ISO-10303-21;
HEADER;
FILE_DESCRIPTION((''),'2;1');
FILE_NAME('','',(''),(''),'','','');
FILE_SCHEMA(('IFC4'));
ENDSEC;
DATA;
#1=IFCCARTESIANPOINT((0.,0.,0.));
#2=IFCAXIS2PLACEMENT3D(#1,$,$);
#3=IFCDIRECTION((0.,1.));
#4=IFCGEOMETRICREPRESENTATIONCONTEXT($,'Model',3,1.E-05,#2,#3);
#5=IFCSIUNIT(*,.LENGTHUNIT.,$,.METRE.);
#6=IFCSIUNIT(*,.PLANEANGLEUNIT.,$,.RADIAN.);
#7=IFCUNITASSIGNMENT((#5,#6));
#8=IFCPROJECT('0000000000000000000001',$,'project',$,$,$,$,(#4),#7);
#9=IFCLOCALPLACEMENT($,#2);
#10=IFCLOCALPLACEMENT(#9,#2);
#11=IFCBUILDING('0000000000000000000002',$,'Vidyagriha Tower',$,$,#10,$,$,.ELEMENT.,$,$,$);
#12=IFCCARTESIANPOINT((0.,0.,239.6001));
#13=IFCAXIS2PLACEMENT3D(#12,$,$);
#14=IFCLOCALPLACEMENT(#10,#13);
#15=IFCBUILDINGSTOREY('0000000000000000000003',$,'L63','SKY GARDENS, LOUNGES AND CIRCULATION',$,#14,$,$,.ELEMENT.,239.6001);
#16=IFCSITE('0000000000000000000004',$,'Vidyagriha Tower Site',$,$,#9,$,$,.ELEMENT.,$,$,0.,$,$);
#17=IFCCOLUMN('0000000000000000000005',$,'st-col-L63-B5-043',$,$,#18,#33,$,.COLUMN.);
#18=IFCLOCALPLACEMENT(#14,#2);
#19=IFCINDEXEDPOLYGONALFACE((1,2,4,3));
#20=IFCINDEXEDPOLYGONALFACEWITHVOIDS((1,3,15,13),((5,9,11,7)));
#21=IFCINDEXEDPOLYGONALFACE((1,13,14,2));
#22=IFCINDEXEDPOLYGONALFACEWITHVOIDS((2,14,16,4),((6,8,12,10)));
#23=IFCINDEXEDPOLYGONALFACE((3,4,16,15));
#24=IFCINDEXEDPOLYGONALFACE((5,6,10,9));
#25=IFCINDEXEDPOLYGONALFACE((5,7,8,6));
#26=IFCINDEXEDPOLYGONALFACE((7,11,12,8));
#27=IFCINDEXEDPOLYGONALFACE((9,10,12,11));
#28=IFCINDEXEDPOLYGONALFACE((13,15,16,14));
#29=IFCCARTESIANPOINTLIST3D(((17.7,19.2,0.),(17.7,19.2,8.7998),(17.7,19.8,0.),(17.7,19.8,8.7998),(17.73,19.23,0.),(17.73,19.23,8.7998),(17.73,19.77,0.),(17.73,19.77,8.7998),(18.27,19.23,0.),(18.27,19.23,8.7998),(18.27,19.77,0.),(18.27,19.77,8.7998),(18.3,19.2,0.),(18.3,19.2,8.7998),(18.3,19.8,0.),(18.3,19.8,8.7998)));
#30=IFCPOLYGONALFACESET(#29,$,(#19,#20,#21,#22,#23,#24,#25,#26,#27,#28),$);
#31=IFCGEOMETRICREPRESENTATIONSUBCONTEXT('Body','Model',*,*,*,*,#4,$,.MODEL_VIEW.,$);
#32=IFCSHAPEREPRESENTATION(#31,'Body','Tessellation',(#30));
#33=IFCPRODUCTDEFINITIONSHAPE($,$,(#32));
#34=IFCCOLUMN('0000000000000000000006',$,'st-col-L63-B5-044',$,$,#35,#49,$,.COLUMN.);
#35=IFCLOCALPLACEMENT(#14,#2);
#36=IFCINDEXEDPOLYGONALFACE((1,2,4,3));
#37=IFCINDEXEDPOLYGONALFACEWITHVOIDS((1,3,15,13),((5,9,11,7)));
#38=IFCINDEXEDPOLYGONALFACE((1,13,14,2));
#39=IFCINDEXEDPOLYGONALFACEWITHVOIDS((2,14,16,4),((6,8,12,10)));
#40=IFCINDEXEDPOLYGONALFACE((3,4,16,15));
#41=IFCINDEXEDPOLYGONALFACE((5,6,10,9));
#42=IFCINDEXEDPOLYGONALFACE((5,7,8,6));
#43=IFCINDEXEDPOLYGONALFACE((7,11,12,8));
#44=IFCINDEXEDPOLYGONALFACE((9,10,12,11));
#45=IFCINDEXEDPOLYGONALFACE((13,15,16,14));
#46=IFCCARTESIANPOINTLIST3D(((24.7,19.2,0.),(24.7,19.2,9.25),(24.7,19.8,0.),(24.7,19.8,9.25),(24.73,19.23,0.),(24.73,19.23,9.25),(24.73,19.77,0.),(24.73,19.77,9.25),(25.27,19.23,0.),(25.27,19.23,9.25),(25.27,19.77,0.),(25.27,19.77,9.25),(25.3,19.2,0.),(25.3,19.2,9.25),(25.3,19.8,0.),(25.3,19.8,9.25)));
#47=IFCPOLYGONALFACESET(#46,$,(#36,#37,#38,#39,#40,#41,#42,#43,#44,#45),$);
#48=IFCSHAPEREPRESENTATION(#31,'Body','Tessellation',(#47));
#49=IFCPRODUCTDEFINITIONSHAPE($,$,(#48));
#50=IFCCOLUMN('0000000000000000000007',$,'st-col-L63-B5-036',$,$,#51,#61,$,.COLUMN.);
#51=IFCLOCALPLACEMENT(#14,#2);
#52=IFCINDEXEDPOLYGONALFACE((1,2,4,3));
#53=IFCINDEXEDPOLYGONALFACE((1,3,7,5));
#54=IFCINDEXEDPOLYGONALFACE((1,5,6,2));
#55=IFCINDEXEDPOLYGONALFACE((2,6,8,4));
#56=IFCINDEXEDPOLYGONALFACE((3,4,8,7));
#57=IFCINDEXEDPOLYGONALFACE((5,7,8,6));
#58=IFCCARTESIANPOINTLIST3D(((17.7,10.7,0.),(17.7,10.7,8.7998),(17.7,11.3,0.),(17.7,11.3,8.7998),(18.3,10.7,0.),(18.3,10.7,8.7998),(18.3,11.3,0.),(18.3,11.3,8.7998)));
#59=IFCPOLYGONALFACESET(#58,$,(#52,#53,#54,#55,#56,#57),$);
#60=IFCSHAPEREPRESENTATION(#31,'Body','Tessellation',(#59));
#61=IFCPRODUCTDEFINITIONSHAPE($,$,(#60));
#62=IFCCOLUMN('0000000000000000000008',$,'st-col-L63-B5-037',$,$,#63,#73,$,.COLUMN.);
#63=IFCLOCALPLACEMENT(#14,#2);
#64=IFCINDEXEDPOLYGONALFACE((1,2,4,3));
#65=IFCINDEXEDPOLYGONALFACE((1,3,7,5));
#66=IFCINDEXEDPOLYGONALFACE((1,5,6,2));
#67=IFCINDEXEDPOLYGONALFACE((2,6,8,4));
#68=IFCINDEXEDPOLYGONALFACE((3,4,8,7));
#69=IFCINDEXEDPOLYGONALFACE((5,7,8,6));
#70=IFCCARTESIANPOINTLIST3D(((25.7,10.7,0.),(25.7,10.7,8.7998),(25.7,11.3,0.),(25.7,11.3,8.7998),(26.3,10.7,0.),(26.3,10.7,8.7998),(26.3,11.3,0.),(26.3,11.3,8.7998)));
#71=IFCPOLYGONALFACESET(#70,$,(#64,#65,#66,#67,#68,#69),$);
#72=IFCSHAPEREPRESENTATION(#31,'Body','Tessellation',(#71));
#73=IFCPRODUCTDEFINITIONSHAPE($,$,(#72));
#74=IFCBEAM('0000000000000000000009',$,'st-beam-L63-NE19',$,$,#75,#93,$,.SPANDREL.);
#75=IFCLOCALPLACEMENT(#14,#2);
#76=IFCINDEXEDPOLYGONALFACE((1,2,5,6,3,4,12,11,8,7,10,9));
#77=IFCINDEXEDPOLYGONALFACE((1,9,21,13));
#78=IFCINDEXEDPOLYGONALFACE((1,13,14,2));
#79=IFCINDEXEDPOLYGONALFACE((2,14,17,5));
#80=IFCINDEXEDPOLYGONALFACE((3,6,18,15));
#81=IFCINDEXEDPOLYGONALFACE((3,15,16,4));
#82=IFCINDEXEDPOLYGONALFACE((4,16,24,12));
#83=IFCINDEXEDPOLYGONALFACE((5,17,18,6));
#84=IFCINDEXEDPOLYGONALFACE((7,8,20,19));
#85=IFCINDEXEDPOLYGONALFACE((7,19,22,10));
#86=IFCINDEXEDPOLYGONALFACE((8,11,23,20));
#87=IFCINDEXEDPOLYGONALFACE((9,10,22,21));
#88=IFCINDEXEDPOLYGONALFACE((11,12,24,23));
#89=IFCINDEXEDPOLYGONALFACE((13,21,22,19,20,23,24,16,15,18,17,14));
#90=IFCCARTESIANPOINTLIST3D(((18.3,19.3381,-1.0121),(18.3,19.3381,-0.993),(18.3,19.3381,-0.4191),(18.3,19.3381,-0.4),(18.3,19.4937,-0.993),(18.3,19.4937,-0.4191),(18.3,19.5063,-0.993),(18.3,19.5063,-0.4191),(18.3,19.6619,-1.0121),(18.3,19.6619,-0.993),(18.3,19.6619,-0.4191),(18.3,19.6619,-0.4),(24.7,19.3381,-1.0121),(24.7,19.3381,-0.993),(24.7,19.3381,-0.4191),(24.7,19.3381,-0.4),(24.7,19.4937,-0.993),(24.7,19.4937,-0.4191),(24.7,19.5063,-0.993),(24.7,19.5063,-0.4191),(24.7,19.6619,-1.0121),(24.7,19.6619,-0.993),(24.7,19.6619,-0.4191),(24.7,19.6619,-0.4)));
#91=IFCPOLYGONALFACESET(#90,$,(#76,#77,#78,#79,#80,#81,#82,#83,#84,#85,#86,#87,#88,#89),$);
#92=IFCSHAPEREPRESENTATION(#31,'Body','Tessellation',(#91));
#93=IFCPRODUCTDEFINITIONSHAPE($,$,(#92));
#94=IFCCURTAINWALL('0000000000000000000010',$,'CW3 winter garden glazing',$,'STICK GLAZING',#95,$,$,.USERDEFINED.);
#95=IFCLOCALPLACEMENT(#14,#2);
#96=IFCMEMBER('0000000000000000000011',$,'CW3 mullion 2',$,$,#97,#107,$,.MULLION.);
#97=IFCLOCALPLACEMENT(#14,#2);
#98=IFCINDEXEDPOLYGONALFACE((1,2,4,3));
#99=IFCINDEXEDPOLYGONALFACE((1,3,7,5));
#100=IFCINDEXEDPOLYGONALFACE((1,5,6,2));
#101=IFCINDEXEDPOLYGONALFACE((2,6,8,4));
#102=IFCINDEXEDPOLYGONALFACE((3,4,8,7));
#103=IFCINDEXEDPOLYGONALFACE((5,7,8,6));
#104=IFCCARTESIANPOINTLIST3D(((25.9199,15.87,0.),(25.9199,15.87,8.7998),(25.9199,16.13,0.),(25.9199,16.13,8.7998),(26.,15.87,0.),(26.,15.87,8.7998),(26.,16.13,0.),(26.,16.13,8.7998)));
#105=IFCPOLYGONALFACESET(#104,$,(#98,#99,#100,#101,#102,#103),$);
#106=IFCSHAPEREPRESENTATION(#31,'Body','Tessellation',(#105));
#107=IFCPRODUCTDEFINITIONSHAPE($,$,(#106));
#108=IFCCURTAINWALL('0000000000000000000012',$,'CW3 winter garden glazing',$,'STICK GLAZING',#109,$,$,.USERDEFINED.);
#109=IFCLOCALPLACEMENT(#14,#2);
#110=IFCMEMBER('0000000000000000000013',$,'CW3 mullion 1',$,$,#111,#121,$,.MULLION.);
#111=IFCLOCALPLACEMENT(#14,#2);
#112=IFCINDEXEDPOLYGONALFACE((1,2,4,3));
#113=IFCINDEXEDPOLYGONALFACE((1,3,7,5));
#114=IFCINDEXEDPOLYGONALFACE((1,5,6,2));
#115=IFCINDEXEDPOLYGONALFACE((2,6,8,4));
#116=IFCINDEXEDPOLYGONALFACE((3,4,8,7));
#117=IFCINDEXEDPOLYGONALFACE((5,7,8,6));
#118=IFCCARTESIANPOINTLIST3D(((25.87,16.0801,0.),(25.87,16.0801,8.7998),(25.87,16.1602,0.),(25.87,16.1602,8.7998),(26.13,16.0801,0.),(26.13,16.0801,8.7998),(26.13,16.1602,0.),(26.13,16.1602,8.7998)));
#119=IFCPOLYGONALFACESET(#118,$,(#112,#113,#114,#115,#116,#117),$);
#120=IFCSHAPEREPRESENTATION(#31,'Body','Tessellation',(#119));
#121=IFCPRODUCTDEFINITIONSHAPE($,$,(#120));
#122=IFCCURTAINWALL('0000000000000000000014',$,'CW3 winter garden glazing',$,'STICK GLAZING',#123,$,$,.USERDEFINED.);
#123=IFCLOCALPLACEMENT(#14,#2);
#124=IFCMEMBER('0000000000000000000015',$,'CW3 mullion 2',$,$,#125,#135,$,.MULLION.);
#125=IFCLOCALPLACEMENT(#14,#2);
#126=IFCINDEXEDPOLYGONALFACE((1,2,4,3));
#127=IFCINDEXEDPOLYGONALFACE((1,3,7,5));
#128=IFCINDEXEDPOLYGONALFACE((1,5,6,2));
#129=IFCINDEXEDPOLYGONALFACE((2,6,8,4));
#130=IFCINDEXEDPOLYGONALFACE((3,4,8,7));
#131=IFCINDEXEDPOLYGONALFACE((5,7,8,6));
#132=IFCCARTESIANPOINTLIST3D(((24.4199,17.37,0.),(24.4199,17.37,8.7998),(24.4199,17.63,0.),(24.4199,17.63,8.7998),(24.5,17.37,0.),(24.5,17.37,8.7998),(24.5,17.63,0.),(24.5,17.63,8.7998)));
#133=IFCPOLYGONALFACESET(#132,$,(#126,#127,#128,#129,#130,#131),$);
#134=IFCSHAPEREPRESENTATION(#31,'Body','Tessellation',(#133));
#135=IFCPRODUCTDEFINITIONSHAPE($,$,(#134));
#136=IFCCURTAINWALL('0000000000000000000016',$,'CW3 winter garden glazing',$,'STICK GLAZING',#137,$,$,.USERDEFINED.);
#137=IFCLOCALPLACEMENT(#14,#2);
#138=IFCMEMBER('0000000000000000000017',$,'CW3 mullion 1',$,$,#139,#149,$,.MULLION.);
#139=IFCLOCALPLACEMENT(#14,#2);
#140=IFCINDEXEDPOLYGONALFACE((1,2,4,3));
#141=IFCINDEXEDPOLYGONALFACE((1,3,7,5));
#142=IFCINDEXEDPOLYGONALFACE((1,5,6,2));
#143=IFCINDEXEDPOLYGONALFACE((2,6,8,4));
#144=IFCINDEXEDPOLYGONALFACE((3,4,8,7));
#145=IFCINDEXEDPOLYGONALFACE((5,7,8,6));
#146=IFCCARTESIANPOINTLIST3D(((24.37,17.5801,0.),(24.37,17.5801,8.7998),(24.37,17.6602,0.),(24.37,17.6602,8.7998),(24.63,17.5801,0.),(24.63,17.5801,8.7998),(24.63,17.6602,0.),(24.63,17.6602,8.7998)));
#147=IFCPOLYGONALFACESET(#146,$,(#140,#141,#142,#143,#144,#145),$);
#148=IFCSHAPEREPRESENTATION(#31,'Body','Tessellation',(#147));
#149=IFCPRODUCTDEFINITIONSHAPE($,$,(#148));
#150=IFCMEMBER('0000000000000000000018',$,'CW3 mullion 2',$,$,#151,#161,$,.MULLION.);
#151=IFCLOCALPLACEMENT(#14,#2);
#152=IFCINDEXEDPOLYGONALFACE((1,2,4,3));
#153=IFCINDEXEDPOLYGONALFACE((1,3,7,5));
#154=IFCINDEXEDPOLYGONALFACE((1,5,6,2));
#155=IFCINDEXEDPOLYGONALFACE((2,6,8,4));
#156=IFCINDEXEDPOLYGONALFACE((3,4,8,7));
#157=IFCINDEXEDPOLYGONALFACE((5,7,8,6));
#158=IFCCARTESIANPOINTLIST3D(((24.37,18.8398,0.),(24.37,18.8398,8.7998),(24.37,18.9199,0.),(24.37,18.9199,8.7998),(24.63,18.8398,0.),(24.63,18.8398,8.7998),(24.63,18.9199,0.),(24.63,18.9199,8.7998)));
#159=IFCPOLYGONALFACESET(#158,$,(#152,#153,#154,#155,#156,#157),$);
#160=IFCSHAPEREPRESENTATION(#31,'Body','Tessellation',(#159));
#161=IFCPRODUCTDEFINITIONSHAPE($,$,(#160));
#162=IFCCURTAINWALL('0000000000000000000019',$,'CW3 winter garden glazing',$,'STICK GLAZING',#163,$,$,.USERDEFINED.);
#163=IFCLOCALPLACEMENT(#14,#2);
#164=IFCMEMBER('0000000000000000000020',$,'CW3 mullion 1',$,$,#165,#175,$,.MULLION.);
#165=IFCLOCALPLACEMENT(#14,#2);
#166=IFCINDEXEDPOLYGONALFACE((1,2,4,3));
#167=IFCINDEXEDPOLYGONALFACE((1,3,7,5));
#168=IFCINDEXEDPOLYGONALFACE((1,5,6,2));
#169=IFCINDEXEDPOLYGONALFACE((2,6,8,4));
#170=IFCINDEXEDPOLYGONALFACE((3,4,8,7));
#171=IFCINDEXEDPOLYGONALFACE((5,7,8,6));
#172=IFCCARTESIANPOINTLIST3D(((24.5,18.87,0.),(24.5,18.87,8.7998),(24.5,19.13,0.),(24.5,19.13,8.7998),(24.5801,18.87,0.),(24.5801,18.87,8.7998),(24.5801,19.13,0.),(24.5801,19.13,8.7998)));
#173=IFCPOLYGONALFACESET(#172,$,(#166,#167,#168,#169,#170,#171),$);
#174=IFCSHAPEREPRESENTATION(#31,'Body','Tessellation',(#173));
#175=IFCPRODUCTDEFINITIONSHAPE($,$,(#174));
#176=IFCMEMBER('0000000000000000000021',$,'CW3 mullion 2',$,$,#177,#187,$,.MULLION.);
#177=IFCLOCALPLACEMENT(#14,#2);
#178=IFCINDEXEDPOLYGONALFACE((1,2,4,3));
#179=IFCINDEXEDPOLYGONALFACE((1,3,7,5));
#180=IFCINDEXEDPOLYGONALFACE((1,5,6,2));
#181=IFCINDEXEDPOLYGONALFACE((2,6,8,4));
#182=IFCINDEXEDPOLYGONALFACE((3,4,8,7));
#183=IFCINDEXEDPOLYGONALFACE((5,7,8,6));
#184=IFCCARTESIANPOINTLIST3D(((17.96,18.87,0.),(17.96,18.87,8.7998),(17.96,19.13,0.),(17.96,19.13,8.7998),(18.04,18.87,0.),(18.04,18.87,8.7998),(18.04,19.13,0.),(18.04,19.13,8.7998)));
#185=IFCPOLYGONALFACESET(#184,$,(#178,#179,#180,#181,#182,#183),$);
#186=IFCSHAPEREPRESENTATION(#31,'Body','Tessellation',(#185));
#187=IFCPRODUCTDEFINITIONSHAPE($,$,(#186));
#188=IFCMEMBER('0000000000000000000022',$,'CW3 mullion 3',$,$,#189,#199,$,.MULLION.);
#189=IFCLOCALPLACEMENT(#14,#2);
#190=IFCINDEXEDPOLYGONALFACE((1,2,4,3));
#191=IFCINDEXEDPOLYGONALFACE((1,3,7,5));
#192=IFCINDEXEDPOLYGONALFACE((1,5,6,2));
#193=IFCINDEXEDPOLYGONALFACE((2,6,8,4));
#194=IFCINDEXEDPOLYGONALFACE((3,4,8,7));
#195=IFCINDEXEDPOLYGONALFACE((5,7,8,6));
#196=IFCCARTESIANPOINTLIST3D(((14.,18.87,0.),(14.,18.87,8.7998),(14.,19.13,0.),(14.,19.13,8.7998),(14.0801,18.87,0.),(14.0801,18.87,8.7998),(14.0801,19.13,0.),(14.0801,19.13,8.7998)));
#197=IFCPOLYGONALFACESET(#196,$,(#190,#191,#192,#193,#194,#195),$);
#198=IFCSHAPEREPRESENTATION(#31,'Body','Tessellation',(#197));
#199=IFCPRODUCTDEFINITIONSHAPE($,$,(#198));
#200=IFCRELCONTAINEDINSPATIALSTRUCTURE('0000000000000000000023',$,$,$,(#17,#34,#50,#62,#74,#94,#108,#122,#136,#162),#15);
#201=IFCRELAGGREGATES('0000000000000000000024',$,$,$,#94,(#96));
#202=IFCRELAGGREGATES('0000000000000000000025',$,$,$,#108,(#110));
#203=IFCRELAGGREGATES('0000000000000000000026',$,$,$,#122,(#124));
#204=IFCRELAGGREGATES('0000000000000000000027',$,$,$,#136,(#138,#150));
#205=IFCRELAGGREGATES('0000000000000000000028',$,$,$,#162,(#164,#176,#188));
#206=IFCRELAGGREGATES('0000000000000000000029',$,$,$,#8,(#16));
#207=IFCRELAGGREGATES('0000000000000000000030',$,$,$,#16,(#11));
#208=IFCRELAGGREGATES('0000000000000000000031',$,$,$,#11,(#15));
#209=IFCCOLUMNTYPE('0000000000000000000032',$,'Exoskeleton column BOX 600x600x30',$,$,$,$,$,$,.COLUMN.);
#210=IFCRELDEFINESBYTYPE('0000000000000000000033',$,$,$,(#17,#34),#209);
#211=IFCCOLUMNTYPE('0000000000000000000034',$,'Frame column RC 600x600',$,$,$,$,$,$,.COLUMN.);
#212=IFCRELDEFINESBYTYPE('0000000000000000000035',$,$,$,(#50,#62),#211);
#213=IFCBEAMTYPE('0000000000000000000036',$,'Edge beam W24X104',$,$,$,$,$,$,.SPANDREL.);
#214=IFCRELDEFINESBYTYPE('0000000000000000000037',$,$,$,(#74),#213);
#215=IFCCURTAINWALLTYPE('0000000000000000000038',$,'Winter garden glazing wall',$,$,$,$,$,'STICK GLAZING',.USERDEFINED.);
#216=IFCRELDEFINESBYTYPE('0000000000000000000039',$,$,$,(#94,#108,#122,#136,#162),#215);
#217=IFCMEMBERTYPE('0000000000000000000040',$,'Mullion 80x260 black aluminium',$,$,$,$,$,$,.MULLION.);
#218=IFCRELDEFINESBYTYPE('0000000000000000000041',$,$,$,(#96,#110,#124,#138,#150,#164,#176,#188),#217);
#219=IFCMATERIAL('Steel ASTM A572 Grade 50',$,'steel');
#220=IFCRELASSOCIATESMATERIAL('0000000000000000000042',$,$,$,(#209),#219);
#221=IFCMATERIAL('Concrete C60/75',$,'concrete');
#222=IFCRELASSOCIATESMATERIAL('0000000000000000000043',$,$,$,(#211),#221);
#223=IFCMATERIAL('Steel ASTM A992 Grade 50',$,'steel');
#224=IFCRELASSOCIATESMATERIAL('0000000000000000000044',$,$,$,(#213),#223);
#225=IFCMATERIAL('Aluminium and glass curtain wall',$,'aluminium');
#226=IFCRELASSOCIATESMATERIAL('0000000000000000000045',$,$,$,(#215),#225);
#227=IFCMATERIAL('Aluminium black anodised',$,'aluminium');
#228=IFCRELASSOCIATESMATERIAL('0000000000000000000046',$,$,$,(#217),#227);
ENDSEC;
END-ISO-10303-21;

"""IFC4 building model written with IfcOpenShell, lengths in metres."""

from ifc_helpers import new_model, si_unit, direction, frame, origin, origin_2d, place, context, subcontext, project, spatial, rectangle, hollow_rectangle, i_section, extrude, material, material_profile, profile_set, type_object, element, aggregate, save


model = new_model("IFC4")

# Units and contexts
model_context = context("Model", 3, precision=1e-05, world=origin(), true_north=direction((0.0, 1.0)))
body_context = subcontext(model_context, "Body", "Model", "MODEL_VIEW")
ifc_project = project(units=[si_unit("LENGTHUNIT", "METRE"), si_unit("PLANEANGLEUNIT", "RADIAN")], contexts=[model_context])

# Site, building, storey
site_placement = place(None, origin())
site = spatial("IfcSite", under=ifc_project, at=site_placement, Name="Vidyagriha Tower Site", CompositionType="ELEMENT", RefElevation=0.0)
building_placement = place(site_placement, origin())
building = spatial("IfcBuilding", under=site, at=building_placement, Name="Vidyagriha Tower", CompositionType="ELEMENT")
storey_placement = place(building_placement, frame((0.0, 0.0, 239.6001)))
storey = spatial("IfcBuildingStorey", under=building, at=storey_placement, Name="L63", Description="SKY GARDENS, LOUNGES AND CIRCULATION", CompositionType="ELEMENT", Elevation=239.6001)

# Columns
ifc_material_1 = material(Name="Steel ASTM A572 Grade 50", Category="steel")
ifc_material_profile_1 = material_profile(ifc_material_1, hollow_rectangle(XDim=0.6001, YDim=0.6001, WallThickness=0.03, at=origin_2d()), Name="BOX 600x600x30")
ifc_profile_set_1 = profile_set([ifc_material_profile_1], Name="Steel ASTM A572 Grade 50")
column_type_1 = type_object("IfcColumnType", Name="Exoskeleton column BOX 600x600x30", PredefinedType="COLUMN", material=ifc_profile_set_1)
column_1_placement = place(storey_placement, frame((18.0, 19.5, 0.0)))
element("IfcColumn", 1, at=column_1_placement, inside=storey, type_object=column_type_1, Name="st-col-L63-B5-043", PredefinedType="COLUMN", context=body_context, shape_type="SweptSolid", body=[
    extrude(hollow_rectangle(XDim=0.6001, YDim=0.6001, WallThickness=0.03, at=origin_2d()), origin(), (0.0, 0.0, 1.0), 8.7998),
])
column_2_placement = place(storey_placement, frame((25.0, 19.5, 0.0)))
element("IfcColumn", 2, at=column_2_placement, inside=storey, type_object=column_type_1, Name="st-col-L63-B5-044", PredefinedType="COLUMN", context=body_context, shape_type="SweptSolid", body=[
    extrude(hollow_rectangle(XDim=0.6001, YDim=0.6001, WallThickness=0.03, at=origin_2d()), origin(), (0.0, 0.0, 1.0), 9.25),
])
ifc_material_2 = material(Name="Concrete C60/75", Category="concrete")
ifc_material_profile_2 = material_profile(ifc_material_2, rectangle(XDim=0.6001, YDim=0.6001, at=origin_2d()), Name="RC 600x600")
ifc_profile_set_2 = profile_set([ifc_material_profile_2], Name="Concrete C60/75")
column_type_2 = type_object("IfcColumnType", Name="Frame column RC 600x600", PredefinedType="COLUMN", material=ifc_profile_set_2)
for number, where, name in (
    (3, (18.0, 11.0, 0.0), "st-col-L63-B5-036"),
    (4, (26.0, 11.0, 0.0), "st-col-L63-B5-037"),
):
    element("IfcColumn", number, at=place(storey_placement, frame(where)), inside=storey, type_object=column_type_2, Name=name, PredefinedType="COLUMN", context=body_context, shape_type="SweptSolid", body=[
        extrude(rectangle(XDim=0.6001, YDim=0.6001, at=origin_2d()), origin(), (0.0, 0.0, 1.0), 8.7998),
    ])

# Beam
ifc_material_3 = material(Name="Steel ASTM A992 Grade 50", Category="steel")
ifc_material_profile_3 = material_profile(ifc_material_3, i_section(OverallWidth=0.3237, OverallDepth=0.6121, WebThickness=0.0127, FlangeThickness=0.019, at=origin_2d()), Name="W24X104")
ifc_profile_set_3 = profile_set([ifc_material_profile_3], Name="Steel ASTM A992 Grade 50")
beam_type = type_object("IfcBeamType", Name="Edge beam W24X104", PredefinedType="SPANDREL", material=ifc_profile_set_3)
beam_placement = place(storey_placement, frame((18.3, 19.5, -0.7061), z_axis=(1.0, 0.0, 0.0), x_axis=(0.0, 1.0, 0.0)))
element("IfcBeam", 5, at=beam_placement, inside=storey, type_object=beam_type, Name="st-beam-L63-NE19", PredefinedType="SPANDREL", context=body_context, shape_type="SweptSolid", body=[
    extrude(i_section(OverallWidth=0.3237, OverallDepth=0.6121, WebThickness=0.0127, FlangeThickness=0.019, at=origin_2d()), origin(), (0.0, 0.0, 1.0), 6.3999),
])

# Curtain walls, members
ifc_material_4 = material(Name="Aluminium and glass curtain wall", Category="aluminium")
curtain_wall_type = type_object("IfcCurtainWallType", Name="Winter garden glazing wall", ElementType="STICK GLAZING", PredefinedType="USERDEFINED", material=ifc_material_4)
curtain_wall_1_placement = place(storey_placement, origin())
curtain_wall_1 = element("IfcCurtainWall", 6, at=curtain_wall_1_placement, inside=storey, type_object=curtain_wall_type, Name="CW3 winter garden glazing", ObjectType="STICK GLAZING", PredefinedType="USERDEFINED")
ifc_material_5 = material(Name="Aluminium black anodised", Category="aluminium")
ifc_material_profile_4 = material_profile(ifc_material_5, rectangle(XDim=0.26, YDim=0.0801, at=origin_2d()), Name="Mullion 80x260 black aluminium")
ifc_profile_set_4 = profile_set([ifc_material_profile_4], Name="Aluminium black anodised")
member_type_1 = type_object("IfcMemberType", Name="Mullion 80x260 black aluminium", PredefinedType="MULLION", material=ifc_profile_set_4)
member_1_placement = place(storey_placement, frame((25.96, 16.0, 0.0), z_axis=(0.0, 0.0, 1.0), x_axis=(0.0, -1.0, 0.0)))
member_1 = element("IfcMember", 7, at=member_1_placement, type_object=member_type_1, Name="CW3 mullion 2", PredefinedType="MULLION", context=body_context, shape_type="SweptSolid", body=[
    extrude(rectangle(XDim=0.26, YDim=0.0801, at=origin_2d()), origin(), (0.0, 0.0, 1.0), 8.7998),
])
aggregate(curtain_wall_1, [member_1])
curtain_wall_2_placement = place(storey_placement, origin())
curtain_wall_2 = element("IfcCurtainWall", 8, at=curtain_wall_2_placement, inside=storey, type_object=curtain_wall_type, Name="CW3 winter garden glazing", ObjectType="STICK GLAZING", PredefinedType="USERDEFINED")
member_2_placement = place(storey_placement, frame((26.0, 16.1201, 0.0), z_axis=(0.0, 0.0, 1.0), x_axis=(-1.0, 0.0, 0.0)))
member_2 = element("IfcMember", 9, at=member_2_placement, type_object=member_type_1, Name="CW3 mullion 1", PredefinedType="MULLION", context=body_context, shape_type="SweptSolid", body=[
    extrude(rectangle(XDim=0.26, YDim=0.0801, at=origin_2d()), origin(), (0.0, 0.0, 1.0), 8.7998),
])
curtain_wall_3_placement = place(storey_placement, origin())
curtain_wall_3 = element("IfcCurtainWall", 10, at=curtain_wall_3_placement, inside=storey, type_object=curtain_wall_type, Name="CW3 winter garden glazing", ObjectType="STICK GLAZING", PredefinedType="USERDEFINED")
member_3_placement = place(storey_placement, frame((24.46, 17.5, 0.0), z_axis=(0.0, 0.0, 1.0), x_axis=(0.0, -1.0, 0.0)))
member_3 = element("IfcMember", 11, at=member_3_placement, type_object=member_type_1, Name="CW3 mullion 2", PredefinedType="MULLION", context=body_context, shape_type="SweptSolid", body=[
    extrude(rectangle(XDim=0.26, YDim=0.0801, at=origin_2d()), origin(), (0.0, 0.0, 1.0), 8.7998),
])

# Curtain walls, members
curtain_wall_4_placement = place(storey_placement, origin())
curtain_wall_4 = element("IfcCurtainWall", 12, at=curtain_wall_4_placement, inside=storey, type_object=curtain_wall_type, Name="CW3 winter garden glazing", ObjectType="STICK GLAZING", PredefinedType="USERDEFINED")
member_4_placement = place(storey_placement, frame((24.5, 17.6201, 0.0), z_axis=(0.0, 0.0, 1.0), x_axis=(-1.0, 0.0, 0.0)))
member_4 = element("IfcMember", 13, at=member_4_placement, type_object=member_type_1, Name="CW3 mullion 1", PredefinedType="MULLION", context=body_context, shape_type="SweptSolid", body=[
    extrude(rectangle(XDim=0.26, YDim=0.0801, at=origin_2d()), origin(), (0.0, 0.0, 1.0), 8.7998),
])
member_5_placement = place(storey_placement, frame((24.5, 18.8799, 0.0), z_axis=(0.0, 0.0, 1.0), x_axis=(-1.0, 0.0, 0.0)))
member_5 = element("IfcMember", 14, at=member_5_placement, type_object=member_type_1, Name="CW3 mullion 2", PredefinedType="MULLION", context=body_context, shape_type="SweptSolid", body=[
    extrude(rectangle(XDim=0.26, YDim=0.0801, at=origin_2d()), origin(), (0.0, 0.0, 1.0), 8.7998),
])
curtain_wall_5_placement = place(storey_placement, origin())
curtain_wall_5 = element("IfcCurtainWall", 15, at=curtain_wall_5_placement, inside=storey, type_object=curtain_wall_type, Name="CW3 winter garden glazing", ObjectType="STICK GLAZING", PredefinedType="USERDEFINED")
member_6_placement = place(storey_placement, frame((24.54, 19.0, 0.0), z_axis=(0.0, 0.0, 1.0), x_axis=(0.0, -1.0, 0.0)))
member_6 = element("IfcMember", 16, at=member_6_placement, type_object=member_type_1, Name="CW3 mullion 1", PredefinedType="MULLION", context=body_context, shape_type="SweptSolid", body=[
    extrude(rectangle(XDim=0.26, YDim=0.0801, at=origin_2d()), origin(), (0.0, 0.0, 1.0), 8.7998),
])
member_7_placement = place(storey_placement, frame((18.0, 19.0, 0.0), z_axis=(0.0, 0.0, 1.0), x_axis=(0.0, -1.0, 0.0)))
member_7 = element("IfcMember", 17, at=member_7_placement, type_object=member_type_1, Name="CW3 mullion 2", PredefinedType="MULLION", context=body_context, shape_type="SweptSolid", body=[
    extrude(rectangle(XDim=0.26, YDim=0.0801, at=origin_2d()), origin(), (0.0, 0.0, 1.0), 8.7998),
])
member_8_placement = place(storey_placement, frame((14.04, 19.0, 0.0), z_axis=(0.0, 0.0, 1.0), x_axis=(0.0, -1.0, 0.0)))
member_8 = element("IfcMember", 18, at=member_8_placement, type_object=member_type_1, Name="CW3 mullion 3", PredefinedType="MULLION", context=body_context, shape_type="SweptSolid", body=[
    extrude(rectangle(XDim=0.26, YDim=0.0801, at=origin_2d()), origin(), (0.0, 0.0, 1.0), 8.7998),
])

aggregate(curtain_wall_2, [member_2])

aggregate(curtain_wall_3, [member_3])
aggregate(curtain_wall_4, [member_4, member_5])
aggregate(curtain_wall_5, [member_6, member_7, member_8])

save(model, "model.ifc")
